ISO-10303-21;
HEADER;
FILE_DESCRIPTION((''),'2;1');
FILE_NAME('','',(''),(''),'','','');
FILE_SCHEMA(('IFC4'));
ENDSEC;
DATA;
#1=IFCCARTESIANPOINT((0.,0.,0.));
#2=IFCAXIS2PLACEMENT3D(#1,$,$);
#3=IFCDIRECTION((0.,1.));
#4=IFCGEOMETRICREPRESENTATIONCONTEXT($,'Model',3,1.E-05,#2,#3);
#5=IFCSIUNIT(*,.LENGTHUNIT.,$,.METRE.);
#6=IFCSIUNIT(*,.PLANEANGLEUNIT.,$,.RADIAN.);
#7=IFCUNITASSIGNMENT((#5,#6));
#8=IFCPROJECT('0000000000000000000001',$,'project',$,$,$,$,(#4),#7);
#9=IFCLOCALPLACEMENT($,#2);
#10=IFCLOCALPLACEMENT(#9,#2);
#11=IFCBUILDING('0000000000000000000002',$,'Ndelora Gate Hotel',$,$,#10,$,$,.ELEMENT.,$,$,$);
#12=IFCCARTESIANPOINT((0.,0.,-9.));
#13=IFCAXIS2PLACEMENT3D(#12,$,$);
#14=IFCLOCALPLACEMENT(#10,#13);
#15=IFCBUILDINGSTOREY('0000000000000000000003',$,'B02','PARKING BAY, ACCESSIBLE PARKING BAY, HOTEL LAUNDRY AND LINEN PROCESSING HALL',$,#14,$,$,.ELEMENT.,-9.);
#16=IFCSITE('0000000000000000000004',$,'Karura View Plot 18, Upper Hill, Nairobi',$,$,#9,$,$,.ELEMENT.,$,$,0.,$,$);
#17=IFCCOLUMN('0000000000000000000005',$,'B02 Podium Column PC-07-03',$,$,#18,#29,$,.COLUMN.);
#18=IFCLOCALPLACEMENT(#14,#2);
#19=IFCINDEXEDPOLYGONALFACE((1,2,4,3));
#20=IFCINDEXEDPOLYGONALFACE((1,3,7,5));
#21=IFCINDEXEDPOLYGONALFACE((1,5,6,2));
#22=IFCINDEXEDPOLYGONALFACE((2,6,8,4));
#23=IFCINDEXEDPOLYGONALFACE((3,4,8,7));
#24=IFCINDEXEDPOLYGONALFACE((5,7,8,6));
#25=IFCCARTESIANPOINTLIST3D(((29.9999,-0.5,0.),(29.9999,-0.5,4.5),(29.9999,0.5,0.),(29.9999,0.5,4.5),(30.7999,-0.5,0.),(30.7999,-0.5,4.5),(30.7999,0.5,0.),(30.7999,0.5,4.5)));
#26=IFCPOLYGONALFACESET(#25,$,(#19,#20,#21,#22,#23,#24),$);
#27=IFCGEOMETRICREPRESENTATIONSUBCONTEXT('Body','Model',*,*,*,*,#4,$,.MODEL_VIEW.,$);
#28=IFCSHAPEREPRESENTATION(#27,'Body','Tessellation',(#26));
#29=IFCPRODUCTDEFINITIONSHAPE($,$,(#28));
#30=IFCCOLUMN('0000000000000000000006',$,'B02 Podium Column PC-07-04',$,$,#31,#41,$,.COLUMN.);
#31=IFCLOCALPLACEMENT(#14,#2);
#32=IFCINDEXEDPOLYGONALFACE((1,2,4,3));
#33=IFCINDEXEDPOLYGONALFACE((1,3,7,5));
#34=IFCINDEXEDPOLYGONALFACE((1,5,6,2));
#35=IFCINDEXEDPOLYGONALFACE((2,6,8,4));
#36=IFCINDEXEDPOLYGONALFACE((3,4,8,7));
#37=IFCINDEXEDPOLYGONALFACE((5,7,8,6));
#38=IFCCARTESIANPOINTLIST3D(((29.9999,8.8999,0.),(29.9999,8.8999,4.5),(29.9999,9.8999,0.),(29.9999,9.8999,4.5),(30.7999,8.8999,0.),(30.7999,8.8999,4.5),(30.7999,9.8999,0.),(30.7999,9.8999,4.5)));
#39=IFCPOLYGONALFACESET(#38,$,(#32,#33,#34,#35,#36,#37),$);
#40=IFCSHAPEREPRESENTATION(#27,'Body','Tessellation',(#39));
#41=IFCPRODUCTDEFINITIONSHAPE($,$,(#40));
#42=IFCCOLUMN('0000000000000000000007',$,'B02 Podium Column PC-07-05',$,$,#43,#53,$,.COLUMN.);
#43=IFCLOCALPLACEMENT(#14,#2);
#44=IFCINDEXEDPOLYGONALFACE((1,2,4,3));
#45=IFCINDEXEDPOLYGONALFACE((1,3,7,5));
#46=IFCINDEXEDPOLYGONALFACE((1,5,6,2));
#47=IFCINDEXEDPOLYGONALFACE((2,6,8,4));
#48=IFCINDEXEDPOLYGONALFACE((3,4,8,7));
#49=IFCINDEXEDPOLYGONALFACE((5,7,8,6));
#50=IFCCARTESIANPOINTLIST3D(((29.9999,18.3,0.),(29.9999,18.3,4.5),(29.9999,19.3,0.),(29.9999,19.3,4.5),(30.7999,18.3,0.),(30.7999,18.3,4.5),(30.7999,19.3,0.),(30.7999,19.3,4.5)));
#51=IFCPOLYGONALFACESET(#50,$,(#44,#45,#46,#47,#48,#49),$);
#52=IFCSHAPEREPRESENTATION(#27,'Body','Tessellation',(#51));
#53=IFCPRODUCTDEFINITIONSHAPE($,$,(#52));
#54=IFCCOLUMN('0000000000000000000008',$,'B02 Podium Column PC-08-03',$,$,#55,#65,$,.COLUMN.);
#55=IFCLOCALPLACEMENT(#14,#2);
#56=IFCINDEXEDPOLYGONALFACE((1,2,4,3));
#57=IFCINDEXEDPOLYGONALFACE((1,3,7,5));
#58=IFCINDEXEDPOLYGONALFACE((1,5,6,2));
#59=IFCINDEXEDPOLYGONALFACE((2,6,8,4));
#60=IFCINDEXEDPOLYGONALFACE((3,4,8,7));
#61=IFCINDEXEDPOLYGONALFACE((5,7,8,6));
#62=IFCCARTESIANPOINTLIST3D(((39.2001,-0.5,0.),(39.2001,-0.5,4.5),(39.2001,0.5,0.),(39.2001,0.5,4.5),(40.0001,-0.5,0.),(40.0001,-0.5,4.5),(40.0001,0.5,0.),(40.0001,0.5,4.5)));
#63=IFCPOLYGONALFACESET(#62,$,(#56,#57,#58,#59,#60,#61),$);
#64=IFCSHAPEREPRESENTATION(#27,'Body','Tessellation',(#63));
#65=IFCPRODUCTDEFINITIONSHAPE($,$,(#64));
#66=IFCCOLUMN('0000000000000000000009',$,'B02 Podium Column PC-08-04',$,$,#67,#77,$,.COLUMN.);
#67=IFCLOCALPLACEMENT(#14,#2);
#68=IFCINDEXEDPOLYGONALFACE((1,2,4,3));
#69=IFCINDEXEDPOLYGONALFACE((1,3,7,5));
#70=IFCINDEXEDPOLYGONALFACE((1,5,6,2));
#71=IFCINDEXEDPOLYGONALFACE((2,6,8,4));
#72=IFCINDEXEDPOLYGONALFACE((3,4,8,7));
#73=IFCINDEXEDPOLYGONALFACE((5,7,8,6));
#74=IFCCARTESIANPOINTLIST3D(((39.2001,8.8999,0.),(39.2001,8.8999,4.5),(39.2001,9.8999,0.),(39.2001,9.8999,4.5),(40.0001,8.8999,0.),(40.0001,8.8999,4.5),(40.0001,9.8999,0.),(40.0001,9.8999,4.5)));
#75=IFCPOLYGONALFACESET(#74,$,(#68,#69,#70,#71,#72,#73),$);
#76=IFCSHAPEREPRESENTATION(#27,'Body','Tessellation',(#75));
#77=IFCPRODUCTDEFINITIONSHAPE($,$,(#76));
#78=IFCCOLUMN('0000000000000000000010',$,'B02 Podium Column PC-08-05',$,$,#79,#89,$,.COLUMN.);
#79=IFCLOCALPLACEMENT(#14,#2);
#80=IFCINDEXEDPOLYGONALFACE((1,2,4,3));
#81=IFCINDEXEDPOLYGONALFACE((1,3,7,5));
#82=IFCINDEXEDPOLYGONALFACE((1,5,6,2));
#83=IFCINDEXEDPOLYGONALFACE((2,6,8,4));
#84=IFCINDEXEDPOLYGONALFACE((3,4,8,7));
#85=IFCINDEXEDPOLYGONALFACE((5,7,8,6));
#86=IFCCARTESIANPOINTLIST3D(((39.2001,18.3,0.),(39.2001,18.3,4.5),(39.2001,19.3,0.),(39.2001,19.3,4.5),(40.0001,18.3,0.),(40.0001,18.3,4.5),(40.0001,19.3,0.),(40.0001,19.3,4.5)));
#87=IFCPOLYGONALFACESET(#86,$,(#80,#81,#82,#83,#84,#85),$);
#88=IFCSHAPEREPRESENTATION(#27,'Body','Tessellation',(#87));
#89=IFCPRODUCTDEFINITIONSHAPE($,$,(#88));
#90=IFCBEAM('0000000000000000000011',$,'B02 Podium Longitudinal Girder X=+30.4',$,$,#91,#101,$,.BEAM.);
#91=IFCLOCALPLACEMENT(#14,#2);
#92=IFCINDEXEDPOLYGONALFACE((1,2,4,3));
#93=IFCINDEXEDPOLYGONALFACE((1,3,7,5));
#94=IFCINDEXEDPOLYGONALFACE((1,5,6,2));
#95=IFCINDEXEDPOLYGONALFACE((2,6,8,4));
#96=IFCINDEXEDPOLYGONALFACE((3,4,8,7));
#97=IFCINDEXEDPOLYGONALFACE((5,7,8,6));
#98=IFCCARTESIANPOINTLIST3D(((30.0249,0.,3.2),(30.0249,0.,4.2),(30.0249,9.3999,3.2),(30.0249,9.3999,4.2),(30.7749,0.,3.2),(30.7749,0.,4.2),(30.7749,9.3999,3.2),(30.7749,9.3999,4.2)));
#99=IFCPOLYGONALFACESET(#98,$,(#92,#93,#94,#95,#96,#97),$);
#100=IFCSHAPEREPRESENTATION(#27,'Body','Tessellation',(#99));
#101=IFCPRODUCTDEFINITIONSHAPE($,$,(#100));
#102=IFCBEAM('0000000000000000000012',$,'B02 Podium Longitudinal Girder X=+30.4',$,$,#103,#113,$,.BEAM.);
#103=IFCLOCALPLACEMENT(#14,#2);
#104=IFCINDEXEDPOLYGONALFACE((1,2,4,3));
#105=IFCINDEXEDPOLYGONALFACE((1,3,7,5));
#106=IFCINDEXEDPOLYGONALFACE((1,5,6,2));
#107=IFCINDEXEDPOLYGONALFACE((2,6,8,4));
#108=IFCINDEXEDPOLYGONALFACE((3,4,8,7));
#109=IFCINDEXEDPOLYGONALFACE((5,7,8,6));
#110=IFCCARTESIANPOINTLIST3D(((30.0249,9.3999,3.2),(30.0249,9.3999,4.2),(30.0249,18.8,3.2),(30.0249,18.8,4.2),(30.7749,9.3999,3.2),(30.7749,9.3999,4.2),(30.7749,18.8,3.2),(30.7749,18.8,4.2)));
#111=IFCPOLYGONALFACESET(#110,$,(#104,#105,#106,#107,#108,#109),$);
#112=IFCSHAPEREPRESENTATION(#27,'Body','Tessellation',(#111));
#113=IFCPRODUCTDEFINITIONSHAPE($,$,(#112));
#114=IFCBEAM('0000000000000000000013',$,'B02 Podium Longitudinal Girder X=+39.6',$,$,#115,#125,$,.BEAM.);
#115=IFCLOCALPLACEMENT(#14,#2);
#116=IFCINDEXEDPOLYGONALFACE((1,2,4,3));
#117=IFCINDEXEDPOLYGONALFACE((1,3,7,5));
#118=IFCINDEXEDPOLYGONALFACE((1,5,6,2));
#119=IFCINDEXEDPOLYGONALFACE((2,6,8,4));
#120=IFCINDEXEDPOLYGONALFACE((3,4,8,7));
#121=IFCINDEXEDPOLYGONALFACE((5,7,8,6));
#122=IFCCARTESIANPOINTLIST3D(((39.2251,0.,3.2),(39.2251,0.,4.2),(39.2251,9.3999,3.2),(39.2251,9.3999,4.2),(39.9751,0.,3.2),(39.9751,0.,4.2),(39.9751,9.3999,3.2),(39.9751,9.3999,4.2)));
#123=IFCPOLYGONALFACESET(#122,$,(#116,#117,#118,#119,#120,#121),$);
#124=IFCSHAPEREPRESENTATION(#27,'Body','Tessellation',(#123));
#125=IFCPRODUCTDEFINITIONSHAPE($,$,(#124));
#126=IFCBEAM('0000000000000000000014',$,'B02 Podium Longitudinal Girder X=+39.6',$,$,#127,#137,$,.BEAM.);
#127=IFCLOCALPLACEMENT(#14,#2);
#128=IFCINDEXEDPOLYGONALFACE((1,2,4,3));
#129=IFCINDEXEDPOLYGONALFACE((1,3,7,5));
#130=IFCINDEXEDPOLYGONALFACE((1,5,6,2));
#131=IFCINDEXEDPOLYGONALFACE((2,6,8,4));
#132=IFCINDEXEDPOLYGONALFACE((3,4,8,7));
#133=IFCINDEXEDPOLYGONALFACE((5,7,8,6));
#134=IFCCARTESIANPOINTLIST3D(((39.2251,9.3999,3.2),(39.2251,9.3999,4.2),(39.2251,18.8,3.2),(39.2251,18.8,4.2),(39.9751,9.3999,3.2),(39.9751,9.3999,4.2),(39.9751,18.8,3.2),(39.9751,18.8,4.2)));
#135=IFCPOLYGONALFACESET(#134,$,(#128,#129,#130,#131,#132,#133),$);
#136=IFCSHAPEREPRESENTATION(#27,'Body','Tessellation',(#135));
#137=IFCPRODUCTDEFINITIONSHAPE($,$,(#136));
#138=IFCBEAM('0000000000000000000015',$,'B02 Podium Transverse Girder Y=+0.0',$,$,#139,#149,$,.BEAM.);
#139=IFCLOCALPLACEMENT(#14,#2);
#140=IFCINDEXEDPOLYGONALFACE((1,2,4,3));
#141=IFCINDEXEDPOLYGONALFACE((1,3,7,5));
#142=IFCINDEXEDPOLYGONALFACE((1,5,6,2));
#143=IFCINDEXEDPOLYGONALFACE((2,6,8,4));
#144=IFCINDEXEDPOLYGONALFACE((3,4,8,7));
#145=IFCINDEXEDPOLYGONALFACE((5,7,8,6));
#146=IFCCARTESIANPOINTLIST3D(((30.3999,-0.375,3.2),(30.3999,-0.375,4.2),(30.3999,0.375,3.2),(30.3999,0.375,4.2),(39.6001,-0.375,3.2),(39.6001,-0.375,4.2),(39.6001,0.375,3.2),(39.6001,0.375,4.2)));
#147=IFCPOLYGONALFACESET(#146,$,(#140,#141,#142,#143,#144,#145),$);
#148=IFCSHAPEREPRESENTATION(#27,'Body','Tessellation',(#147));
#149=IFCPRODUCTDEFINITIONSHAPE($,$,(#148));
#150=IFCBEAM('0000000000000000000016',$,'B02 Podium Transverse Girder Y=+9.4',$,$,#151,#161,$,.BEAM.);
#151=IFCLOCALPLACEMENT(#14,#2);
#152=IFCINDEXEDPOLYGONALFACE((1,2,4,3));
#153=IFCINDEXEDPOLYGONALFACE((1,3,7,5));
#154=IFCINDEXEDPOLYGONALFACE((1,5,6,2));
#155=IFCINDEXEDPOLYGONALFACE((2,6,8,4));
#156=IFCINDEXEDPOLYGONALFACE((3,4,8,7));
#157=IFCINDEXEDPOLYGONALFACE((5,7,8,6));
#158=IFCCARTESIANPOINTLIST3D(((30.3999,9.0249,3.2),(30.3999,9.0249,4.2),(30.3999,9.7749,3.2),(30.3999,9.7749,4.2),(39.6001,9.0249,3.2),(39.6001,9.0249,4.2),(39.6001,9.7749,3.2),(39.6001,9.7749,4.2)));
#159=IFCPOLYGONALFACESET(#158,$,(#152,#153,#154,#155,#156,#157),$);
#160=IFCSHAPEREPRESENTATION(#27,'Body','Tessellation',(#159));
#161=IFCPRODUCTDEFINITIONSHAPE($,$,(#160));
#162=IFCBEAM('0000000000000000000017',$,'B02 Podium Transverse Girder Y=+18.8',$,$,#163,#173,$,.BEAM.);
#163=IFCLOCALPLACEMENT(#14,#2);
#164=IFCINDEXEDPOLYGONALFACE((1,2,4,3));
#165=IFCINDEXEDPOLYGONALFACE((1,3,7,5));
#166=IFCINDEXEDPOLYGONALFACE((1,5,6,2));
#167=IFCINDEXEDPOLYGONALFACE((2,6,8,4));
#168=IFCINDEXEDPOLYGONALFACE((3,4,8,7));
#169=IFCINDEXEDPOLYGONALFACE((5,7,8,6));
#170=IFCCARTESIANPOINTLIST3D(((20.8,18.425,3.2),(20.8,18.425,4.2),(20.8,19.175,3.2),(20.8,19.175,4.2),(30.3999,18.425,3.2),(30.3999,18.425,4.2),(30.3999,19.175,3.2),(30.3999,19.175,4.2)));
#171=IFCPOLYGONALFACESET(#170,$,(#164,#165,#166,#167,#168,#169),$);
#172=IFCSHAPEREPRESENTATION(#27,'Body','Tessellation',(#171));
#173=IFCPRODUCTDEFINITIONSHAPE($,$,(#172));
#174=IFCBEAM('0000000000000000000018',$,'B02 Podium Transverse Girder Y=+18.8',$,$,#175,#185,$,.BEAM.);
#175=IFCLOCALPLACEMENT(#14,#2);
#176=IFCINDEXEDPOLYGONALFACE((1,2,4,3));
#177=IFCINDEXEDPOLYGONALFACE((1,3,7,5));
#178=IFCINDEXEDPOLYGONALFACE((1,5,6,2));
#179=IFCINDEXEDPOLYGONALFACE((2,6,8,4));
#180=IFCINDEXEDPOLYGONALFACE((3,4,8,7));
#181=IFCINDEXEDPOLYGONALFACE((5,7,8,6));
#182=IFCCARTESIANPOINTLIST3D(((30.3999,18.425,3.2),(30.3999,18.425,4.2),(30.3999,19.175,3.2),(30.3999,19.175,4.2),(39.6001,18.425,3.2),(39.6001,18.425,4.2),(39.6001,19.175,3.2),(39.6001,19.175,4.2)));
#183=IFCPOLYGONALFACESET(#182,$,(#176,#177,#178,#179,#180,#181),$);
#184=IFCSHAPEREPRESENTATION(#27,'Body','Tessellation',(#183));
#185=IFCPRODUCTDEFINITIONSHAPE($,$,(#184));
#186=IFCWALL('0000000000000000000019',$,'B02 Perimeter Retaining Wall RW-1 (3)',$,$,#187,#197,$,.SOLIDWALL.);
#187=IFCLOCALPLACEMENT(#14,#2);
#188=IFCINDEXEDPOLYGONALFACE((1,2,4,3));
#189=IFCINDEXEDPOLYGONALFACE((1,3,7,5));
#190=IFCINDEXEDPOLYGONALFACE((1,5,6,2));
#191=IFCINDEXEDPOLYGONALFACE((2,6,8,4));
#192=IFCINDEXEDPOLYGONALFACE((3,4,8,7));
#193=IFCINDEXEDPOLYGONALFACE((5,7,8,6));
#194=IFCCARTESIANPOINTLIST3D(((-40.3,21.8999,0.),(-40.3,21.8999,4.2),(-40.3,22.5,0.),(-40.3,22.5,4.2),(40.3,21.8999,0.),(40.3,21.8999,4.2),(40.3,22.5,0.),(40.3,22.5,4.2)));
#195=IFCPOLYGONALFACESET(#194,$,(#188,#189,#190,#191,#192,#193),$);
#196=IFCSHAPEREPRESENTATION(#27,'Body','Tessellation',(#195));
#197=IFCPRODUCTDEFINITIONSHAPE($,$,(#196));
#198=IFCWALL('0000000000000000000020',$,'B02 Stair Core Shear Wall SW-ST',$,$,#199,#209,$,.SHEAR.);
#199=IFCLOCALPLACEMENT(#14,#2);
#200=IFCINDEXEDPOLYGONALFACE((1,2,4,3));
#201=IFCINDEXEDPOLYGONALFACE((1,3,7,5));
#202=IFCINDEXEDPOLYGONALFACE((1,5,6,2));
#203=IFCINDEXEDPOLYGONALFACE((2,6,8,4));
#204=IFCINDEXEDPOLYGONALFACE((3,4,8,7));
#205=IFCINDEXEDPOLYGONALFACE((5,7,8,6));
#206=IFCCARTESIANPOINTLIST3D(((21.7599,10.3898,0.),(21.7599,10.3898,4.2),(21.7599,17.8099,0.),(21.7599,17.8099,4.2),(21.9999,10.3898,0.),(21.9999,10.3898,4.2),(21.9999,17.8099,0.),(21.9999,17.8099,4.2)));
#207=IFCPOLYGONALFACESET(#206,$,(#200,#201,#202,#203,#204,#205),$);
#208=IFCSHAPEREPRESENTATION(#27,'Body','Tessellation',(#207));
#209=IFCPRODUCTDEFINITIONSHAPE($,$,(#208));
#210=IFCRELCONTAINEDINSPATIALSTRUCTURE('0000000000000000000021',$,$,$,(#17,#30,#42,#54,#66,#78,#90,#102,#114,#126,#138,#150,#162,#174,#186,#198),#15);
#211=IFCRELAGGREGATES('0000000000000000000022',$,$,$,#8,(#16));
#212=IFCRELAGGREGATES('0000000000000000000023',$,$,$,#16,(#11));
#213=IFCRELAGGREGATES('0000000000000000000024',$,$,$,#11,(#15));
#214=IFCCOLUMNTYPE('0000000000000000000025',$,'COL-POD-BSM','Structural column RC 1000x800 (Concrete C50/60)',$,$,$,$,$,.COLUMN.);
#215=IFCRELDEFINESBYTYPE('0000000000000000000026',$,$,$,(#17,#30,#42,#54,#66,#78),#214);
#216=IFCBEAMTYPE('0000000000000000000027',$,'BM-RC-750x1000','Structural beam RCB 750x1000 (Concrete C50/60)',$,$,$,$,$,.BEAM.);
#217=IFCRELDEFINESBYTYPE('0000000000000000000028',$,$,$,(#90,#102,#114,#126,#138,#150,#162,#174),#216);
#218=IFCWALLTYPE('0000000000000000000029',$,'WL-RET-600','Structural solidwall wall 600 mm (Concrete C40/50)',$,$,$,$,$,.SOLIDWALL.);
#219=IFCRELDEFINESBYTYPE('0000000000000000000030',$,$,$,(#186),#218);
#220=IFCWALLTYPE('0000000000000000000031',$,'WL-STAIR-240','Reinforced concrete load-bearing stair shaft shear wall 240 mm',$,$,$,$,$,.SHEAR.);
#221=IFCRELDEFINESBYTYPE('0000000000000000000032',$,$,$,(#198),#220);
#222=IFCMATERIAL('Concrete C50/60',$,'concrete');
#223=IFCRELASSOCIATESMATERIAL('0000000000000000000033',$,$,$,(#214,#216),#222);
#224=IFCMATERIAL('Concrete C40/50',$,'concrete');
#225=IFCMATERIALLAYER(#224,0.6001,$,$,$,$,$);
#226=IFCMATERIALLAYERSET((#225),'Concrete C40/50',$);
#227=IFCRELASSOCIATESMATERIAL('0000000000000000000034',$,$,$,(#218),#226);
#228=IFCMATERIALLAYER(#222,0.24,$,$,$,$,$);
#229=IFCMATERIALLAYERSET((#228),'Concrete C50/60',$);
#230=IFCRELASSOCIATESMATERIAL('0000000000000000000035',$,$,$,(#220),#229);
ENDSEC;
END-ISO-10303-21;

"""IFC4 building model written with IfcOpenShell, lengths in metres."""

from ifc_helpers import new_model, si_unit, direction, frame, frame_2d, origin, origin_2d, place, context, subcontext, project, spatial, rectangle, extrude, material, layer, layer_set, material_profile, profile_set, type_object, element, save


model = new_model("IFC4")

# Units and contexts
model_context = context("Model", 3, precision=1e-05, world=origin(), true_north=direction((0.0, 1.0)))
body_context = subcontext(model_context, "Body", "Model", "MODEL_VIEW")
ifc_project = project(units=[si_unit("LENGTHUNIT", "METRE"), si_unit("PLANEANGLEUNIT", "RADIAN")], contexts=[model_context])

# Site, building, storey
site_placement = place(None, origin())
site = spatial("IfcSite", under=ifc_project, at=site_placement, Name="Karura View Plot 18, Upper Hill, Nairobi", CompositionType="ELEMENT", RefElevation=0.0)
building_placement = place(site_placement, origin())
building = spatial("IfcBuilding", under=site, at=building_placement, Name="Ndelora Gate Hotel", CompositionType="ELEMENT")
storey_placement = place(building_placement, frame((0.0, 0.0, -9.0)))
storey = spatial("IfcBuildingStorey", under=building, at=storey_placement, Name="B02", Description="PARKING BAY, ACCESSIBLE PARKING BAY, HOTEL LAUNDRY AND LINEN PROCESSING HALL", CompositionType="ELEMENT", Elevation=-9.0)

# Columns
ifc_material_1 = material(Name="Concrete C50/60", Category="concrete")
ifc_material_profile_1 = material_profile(ifc_material_1, rectangle(XDim=0.8, YDim=1.0, at=origin_2d()), Name="RC 1000x800")
ifc_profile_set_1 = profile_set([ifc_material_profile_1], Name="Concrete C50/60")
column_type = type_object("IfcColumnType", Name="COL-POD-BSM", Description="Structural column RC 1000x800 (Concrete C50/60)", PredefinedType="COLUMN", material=ifc_profile_set_1)
for number, where, z_axis, x_axis, name in (
    (1, (30.3999, 0.0, 0.0), (0.0, 0.0, 1.0), (1.0, 0.0, 0.0), "B02 Podium Column PC-07-03"),
    (2, (30.3999, 9.3999, 0.0), (0.0, 0.0, 1.0), (1.0, 0.0, 0.0), "B02 Podium Column PC-07-04"),
    (3, (30.3999, 18.8, 0.0), (0.0, 0.0, 1.0), (1.0, 0.0, 0.0), "B02 Podium Column PC-07-05"),
    (4, (39.6001, 0.0, 0.0), (0.0, 0.0, 1.0), (1.0, 0.0, 0.0), "B02 Podium Column PC-08-03"),
    (5, (39.6001, 9.3999, 0.0), (0.0, 0.0, 1.0), (1.0, 0.0, 0.0), "B02 Podium Column PC-08-04"),
    (6, (39.6001, 18.8, 0.0), (0.0, 0.0, 1.0), (1.0, 0.0, 0.0), "B02 Podium Column PC-08-05"),
):
    element("IfcColumn", number, at=place(storey_placement, frame(where, z_axis=z_axis, x_axis=x_axis)), inside=storey, type_object=column_type, Name=name, PredefinedType="COLUMN", context=body_context, shape_type="SweptSolid", body=[
        extrude(rectangle(XDim=0.8, YDim=1.0, at=origin_2d()), origin(), (0.0, 0.0, 1.0), 4.5),
    ])

# Beams
ifc_material_profile_2 = material_profile(ifc_material_1, rectangle(XDim=0.75, YDim=1.0, at=origin_2d()), Name="RCB 750x1000")
ifc_profile_set_2 = profile_set([ifc_material_profile_2], Name="Concrete C50/60")
beam_type = type_object("IfcBeamType", Name="BM-RC-750x1000", Description="Structural beam RCB 750x1000 (Concrete C50/60)", PredefinedType="BEAM", material=ifc_profile_set_2)
beam_1_placement = place(storey_placement, frame((30.3999, 0.0, 3.7), z_axis=(0.0, 1.0, 0.0), x_axis=(-1.0, 0.0, 0.0)))
element("IfcBeam", 7, at=beam_1_placement, inside=storey, type_object=beam_type, Name="B02 Podium Longitudinal Girder X=+30.4", PredefinedType="BEAM", context=body_context, shape_type="SweptSolid", body=[
    extrude(rectangle(XDim=0.75, YDim=1.0, at=origin_2d()), origin(), (0.0, 0.0, 1.0), 9.3999),
])
beam_2_placement = place(storey_placement, frame((30.3999, 9.3999, 3.7), z_axis=(0.0, 1.0, 0.0), x_axis=(-1.0, 0.0, 0.0)))
element("IfcBeam", 8, at=beam_2_placement, inside=storey, type_object=beam_type, Name="B02 Podium Longitudinal Girder X=+30.4", PredefinedType="BEAM", context=body_context, shape_type="SweptSolid", body=[
    extrude(rectangle(XDim=0.75, YDim=1.0, at=origin_2d()), origin(), (0.0, 0.0, 1.0), 9.4001),
])
beam_3_placement = place(storey_placement, frame((39.6001, 0.0, 3.7), z_axis=(0.0, 1.0, 0.0), x_axis=(-1.0, 0.0, 0.0)))
element("IfcBeam", 9, at=beam_3_placement, inside=storey, type_object=beam_type, Name="B02 Podium Longitudinal Girder X=+39.6", PredefinedType="BEAM", context=body_context, shape_type="SweptSolid", body=[
    extrude(rectangle(XDim=0.75, YDim=1.0, at=origin_2d()), origin(), (0.0, 0.0, 1.0), 9.3999),
])
beam_4_placement = place(storey_placement, frame((39.6001, 9.3999, 3.7), z_axis=(0.0, 1.0, 0.0), x_axis=(-1.0, 0.0, 0.0)))
element("IfcBeam", 10, at=beam_4_placement, inside=storey, type_object=beam_type, Name="B02 Podium Longitudinal Girder X=+39.6", PredefinedType="BEAM", context=body_context, shape_type="SweptSolid", body=[
    extrude(rectangle(XDim=0.75, YDim=1.0, at=origin_2d()), origin(), (0.0, 0.0, 1.0), 9.4001),
])
for number, where, z_axis, x_axis, name in (
    (11, (30.3999, 0.0, 3.7), (1.0, 0.0, 0.0), (0.0, 1.0, 0.0), "B02 Podium Transverse Girder Y=+0.0"),
    (12, (30.3999, 9.3999, 3.7), (1.0, 0.0, 0.0), (0.0, 1.0, 0.0), "B02 Podium Transverse Girder Y=+9.4"),
):
    element("IfcBeam", number, at=place(storey_placement, frame(where, z_axis=z_axis, x_axis=x_axis)), inside=storey, type_object=beam_type, Name=name, PredefinedType="BEAM", context=body_context, shape_type="SweptSolid", body=[
        extrude(rectangle(XDim=0.75, YDim=1.0, at=origin_2d()), origin(), (0.0, 0.0, 1.0), 9.2002),
    ])
beam_5_placement = place(storey_placement, frame((20.8, 18.8, 3.7), z_axis=(1.0, 0.0, 0.0), x_axis=(0.0, 1.0, 0.0)))
element("IfcBeam", 13, at=beam_5_placement, inside=storey, type_object=beam_type, Name="B02 Podium Transverse Girder Y=+18.8", PredefinedType="BEAM", context=body_context, shape_type="SweptSolid", body=[
    extrude(rectangle(XDim=0.75, YDim=1.0, at=origin_2d()), origin(), (0.0, 0.0, 1.0), 9.5999),
])
beam_6_placement = place(storey_placement, frame((30.3999, 18.8, 3.7), z_axis=(1.0, 0.0, 0.0), x_axis=(0.0, 1.0, 0.0)))
element("IfcBeam", 14, at=beam_6_placement, inside=storey, type_object=beam_type, Name="B02 Podium Transverse Girder Y=+18.8", PredefinedType="BEAM", context=body_context, shape_type="SweptSolid", body=[
    extrude(rectangle(XDim=0.75, YDim=1.0, at=origin_2d()), origin(), (0.0, 0.0, 1.0), 9.2002),
])

# Walls
ifc_material_2 = material(Name="Concrete C40/50", Category="concrete")
ifc_layer_1 = layer(ifc_material_2, 0.6001)
ifc_layer_set_1 = layer_set([ifc_layer_1], Name="Concrete C40/50")
wall_type_1 = type_object("IfcWallType", Name="WL-RET-600", Description="Structural solidwall wall 600 mm (Concrete C40/50)", PredefinedType="SOLIDWALL", material=ifc_layer_set_1)
wall_1_placement = place(storey_placement, frame((40.3, 22.2, 0.0), z_axis=(0.0, 0.0, 1.0), x_axis=(-1.0, 0.0, 0.0)))
element("IfcWall", 15, at=wall_1_placement, inside=storey, type_object=wall_type_1, Name="B02 Perimeter Retaining Wall RW-1 (3)", PredefinedType="SOLIDWALL", context=body_context, shape_type="SweptSolid", body=[
    extrude(rectangle(XDim=80.6001, YDim=0.6001, at=frame_2d((40.3, 0.0))), origin(), (0.0, 0.0, 1.0), 4.2),
])
ifc_layer_2 = layer(ifc_material_1, 0.24)
ifc_layer_set_2 = layer_set([ifc_layer_2], Name="Concrete C50/60")
wall_type_2 = type_object("IfcWallType", Name="WL-STAIR-240", Description="Reinforced concrete load-bearing stair shaft shear wall 240 mm", PredefinedType="SHEAR", material=ifc_layer_set_2)
for number, where, z_axis, x_axis, name in (
    (16, (21.8799, 10.3899, 0.0), (0.0, 0.0, 1.0), (0.0, 1.0, 0.0), "B02 Stair Core Shear Wall SW-ST"),
):
    element("IfcWall", number, at=place(storey_placement, frame(where, z_axis=z_axis, x_axis=x_axis)), inside=storey, type_object=wall_type_2, Name=name, PredefinedType="SHEAR", context=body_context, shape_type="SweptSolid", body=[
        extrude(rectangle(XDim=7.4202, YDim=0.24, at=frame_2d((3.71, 0.0))), origin(), (0.0, 0.0, 1.0), 4.2),
    ])

save(model, "model.ifc")
